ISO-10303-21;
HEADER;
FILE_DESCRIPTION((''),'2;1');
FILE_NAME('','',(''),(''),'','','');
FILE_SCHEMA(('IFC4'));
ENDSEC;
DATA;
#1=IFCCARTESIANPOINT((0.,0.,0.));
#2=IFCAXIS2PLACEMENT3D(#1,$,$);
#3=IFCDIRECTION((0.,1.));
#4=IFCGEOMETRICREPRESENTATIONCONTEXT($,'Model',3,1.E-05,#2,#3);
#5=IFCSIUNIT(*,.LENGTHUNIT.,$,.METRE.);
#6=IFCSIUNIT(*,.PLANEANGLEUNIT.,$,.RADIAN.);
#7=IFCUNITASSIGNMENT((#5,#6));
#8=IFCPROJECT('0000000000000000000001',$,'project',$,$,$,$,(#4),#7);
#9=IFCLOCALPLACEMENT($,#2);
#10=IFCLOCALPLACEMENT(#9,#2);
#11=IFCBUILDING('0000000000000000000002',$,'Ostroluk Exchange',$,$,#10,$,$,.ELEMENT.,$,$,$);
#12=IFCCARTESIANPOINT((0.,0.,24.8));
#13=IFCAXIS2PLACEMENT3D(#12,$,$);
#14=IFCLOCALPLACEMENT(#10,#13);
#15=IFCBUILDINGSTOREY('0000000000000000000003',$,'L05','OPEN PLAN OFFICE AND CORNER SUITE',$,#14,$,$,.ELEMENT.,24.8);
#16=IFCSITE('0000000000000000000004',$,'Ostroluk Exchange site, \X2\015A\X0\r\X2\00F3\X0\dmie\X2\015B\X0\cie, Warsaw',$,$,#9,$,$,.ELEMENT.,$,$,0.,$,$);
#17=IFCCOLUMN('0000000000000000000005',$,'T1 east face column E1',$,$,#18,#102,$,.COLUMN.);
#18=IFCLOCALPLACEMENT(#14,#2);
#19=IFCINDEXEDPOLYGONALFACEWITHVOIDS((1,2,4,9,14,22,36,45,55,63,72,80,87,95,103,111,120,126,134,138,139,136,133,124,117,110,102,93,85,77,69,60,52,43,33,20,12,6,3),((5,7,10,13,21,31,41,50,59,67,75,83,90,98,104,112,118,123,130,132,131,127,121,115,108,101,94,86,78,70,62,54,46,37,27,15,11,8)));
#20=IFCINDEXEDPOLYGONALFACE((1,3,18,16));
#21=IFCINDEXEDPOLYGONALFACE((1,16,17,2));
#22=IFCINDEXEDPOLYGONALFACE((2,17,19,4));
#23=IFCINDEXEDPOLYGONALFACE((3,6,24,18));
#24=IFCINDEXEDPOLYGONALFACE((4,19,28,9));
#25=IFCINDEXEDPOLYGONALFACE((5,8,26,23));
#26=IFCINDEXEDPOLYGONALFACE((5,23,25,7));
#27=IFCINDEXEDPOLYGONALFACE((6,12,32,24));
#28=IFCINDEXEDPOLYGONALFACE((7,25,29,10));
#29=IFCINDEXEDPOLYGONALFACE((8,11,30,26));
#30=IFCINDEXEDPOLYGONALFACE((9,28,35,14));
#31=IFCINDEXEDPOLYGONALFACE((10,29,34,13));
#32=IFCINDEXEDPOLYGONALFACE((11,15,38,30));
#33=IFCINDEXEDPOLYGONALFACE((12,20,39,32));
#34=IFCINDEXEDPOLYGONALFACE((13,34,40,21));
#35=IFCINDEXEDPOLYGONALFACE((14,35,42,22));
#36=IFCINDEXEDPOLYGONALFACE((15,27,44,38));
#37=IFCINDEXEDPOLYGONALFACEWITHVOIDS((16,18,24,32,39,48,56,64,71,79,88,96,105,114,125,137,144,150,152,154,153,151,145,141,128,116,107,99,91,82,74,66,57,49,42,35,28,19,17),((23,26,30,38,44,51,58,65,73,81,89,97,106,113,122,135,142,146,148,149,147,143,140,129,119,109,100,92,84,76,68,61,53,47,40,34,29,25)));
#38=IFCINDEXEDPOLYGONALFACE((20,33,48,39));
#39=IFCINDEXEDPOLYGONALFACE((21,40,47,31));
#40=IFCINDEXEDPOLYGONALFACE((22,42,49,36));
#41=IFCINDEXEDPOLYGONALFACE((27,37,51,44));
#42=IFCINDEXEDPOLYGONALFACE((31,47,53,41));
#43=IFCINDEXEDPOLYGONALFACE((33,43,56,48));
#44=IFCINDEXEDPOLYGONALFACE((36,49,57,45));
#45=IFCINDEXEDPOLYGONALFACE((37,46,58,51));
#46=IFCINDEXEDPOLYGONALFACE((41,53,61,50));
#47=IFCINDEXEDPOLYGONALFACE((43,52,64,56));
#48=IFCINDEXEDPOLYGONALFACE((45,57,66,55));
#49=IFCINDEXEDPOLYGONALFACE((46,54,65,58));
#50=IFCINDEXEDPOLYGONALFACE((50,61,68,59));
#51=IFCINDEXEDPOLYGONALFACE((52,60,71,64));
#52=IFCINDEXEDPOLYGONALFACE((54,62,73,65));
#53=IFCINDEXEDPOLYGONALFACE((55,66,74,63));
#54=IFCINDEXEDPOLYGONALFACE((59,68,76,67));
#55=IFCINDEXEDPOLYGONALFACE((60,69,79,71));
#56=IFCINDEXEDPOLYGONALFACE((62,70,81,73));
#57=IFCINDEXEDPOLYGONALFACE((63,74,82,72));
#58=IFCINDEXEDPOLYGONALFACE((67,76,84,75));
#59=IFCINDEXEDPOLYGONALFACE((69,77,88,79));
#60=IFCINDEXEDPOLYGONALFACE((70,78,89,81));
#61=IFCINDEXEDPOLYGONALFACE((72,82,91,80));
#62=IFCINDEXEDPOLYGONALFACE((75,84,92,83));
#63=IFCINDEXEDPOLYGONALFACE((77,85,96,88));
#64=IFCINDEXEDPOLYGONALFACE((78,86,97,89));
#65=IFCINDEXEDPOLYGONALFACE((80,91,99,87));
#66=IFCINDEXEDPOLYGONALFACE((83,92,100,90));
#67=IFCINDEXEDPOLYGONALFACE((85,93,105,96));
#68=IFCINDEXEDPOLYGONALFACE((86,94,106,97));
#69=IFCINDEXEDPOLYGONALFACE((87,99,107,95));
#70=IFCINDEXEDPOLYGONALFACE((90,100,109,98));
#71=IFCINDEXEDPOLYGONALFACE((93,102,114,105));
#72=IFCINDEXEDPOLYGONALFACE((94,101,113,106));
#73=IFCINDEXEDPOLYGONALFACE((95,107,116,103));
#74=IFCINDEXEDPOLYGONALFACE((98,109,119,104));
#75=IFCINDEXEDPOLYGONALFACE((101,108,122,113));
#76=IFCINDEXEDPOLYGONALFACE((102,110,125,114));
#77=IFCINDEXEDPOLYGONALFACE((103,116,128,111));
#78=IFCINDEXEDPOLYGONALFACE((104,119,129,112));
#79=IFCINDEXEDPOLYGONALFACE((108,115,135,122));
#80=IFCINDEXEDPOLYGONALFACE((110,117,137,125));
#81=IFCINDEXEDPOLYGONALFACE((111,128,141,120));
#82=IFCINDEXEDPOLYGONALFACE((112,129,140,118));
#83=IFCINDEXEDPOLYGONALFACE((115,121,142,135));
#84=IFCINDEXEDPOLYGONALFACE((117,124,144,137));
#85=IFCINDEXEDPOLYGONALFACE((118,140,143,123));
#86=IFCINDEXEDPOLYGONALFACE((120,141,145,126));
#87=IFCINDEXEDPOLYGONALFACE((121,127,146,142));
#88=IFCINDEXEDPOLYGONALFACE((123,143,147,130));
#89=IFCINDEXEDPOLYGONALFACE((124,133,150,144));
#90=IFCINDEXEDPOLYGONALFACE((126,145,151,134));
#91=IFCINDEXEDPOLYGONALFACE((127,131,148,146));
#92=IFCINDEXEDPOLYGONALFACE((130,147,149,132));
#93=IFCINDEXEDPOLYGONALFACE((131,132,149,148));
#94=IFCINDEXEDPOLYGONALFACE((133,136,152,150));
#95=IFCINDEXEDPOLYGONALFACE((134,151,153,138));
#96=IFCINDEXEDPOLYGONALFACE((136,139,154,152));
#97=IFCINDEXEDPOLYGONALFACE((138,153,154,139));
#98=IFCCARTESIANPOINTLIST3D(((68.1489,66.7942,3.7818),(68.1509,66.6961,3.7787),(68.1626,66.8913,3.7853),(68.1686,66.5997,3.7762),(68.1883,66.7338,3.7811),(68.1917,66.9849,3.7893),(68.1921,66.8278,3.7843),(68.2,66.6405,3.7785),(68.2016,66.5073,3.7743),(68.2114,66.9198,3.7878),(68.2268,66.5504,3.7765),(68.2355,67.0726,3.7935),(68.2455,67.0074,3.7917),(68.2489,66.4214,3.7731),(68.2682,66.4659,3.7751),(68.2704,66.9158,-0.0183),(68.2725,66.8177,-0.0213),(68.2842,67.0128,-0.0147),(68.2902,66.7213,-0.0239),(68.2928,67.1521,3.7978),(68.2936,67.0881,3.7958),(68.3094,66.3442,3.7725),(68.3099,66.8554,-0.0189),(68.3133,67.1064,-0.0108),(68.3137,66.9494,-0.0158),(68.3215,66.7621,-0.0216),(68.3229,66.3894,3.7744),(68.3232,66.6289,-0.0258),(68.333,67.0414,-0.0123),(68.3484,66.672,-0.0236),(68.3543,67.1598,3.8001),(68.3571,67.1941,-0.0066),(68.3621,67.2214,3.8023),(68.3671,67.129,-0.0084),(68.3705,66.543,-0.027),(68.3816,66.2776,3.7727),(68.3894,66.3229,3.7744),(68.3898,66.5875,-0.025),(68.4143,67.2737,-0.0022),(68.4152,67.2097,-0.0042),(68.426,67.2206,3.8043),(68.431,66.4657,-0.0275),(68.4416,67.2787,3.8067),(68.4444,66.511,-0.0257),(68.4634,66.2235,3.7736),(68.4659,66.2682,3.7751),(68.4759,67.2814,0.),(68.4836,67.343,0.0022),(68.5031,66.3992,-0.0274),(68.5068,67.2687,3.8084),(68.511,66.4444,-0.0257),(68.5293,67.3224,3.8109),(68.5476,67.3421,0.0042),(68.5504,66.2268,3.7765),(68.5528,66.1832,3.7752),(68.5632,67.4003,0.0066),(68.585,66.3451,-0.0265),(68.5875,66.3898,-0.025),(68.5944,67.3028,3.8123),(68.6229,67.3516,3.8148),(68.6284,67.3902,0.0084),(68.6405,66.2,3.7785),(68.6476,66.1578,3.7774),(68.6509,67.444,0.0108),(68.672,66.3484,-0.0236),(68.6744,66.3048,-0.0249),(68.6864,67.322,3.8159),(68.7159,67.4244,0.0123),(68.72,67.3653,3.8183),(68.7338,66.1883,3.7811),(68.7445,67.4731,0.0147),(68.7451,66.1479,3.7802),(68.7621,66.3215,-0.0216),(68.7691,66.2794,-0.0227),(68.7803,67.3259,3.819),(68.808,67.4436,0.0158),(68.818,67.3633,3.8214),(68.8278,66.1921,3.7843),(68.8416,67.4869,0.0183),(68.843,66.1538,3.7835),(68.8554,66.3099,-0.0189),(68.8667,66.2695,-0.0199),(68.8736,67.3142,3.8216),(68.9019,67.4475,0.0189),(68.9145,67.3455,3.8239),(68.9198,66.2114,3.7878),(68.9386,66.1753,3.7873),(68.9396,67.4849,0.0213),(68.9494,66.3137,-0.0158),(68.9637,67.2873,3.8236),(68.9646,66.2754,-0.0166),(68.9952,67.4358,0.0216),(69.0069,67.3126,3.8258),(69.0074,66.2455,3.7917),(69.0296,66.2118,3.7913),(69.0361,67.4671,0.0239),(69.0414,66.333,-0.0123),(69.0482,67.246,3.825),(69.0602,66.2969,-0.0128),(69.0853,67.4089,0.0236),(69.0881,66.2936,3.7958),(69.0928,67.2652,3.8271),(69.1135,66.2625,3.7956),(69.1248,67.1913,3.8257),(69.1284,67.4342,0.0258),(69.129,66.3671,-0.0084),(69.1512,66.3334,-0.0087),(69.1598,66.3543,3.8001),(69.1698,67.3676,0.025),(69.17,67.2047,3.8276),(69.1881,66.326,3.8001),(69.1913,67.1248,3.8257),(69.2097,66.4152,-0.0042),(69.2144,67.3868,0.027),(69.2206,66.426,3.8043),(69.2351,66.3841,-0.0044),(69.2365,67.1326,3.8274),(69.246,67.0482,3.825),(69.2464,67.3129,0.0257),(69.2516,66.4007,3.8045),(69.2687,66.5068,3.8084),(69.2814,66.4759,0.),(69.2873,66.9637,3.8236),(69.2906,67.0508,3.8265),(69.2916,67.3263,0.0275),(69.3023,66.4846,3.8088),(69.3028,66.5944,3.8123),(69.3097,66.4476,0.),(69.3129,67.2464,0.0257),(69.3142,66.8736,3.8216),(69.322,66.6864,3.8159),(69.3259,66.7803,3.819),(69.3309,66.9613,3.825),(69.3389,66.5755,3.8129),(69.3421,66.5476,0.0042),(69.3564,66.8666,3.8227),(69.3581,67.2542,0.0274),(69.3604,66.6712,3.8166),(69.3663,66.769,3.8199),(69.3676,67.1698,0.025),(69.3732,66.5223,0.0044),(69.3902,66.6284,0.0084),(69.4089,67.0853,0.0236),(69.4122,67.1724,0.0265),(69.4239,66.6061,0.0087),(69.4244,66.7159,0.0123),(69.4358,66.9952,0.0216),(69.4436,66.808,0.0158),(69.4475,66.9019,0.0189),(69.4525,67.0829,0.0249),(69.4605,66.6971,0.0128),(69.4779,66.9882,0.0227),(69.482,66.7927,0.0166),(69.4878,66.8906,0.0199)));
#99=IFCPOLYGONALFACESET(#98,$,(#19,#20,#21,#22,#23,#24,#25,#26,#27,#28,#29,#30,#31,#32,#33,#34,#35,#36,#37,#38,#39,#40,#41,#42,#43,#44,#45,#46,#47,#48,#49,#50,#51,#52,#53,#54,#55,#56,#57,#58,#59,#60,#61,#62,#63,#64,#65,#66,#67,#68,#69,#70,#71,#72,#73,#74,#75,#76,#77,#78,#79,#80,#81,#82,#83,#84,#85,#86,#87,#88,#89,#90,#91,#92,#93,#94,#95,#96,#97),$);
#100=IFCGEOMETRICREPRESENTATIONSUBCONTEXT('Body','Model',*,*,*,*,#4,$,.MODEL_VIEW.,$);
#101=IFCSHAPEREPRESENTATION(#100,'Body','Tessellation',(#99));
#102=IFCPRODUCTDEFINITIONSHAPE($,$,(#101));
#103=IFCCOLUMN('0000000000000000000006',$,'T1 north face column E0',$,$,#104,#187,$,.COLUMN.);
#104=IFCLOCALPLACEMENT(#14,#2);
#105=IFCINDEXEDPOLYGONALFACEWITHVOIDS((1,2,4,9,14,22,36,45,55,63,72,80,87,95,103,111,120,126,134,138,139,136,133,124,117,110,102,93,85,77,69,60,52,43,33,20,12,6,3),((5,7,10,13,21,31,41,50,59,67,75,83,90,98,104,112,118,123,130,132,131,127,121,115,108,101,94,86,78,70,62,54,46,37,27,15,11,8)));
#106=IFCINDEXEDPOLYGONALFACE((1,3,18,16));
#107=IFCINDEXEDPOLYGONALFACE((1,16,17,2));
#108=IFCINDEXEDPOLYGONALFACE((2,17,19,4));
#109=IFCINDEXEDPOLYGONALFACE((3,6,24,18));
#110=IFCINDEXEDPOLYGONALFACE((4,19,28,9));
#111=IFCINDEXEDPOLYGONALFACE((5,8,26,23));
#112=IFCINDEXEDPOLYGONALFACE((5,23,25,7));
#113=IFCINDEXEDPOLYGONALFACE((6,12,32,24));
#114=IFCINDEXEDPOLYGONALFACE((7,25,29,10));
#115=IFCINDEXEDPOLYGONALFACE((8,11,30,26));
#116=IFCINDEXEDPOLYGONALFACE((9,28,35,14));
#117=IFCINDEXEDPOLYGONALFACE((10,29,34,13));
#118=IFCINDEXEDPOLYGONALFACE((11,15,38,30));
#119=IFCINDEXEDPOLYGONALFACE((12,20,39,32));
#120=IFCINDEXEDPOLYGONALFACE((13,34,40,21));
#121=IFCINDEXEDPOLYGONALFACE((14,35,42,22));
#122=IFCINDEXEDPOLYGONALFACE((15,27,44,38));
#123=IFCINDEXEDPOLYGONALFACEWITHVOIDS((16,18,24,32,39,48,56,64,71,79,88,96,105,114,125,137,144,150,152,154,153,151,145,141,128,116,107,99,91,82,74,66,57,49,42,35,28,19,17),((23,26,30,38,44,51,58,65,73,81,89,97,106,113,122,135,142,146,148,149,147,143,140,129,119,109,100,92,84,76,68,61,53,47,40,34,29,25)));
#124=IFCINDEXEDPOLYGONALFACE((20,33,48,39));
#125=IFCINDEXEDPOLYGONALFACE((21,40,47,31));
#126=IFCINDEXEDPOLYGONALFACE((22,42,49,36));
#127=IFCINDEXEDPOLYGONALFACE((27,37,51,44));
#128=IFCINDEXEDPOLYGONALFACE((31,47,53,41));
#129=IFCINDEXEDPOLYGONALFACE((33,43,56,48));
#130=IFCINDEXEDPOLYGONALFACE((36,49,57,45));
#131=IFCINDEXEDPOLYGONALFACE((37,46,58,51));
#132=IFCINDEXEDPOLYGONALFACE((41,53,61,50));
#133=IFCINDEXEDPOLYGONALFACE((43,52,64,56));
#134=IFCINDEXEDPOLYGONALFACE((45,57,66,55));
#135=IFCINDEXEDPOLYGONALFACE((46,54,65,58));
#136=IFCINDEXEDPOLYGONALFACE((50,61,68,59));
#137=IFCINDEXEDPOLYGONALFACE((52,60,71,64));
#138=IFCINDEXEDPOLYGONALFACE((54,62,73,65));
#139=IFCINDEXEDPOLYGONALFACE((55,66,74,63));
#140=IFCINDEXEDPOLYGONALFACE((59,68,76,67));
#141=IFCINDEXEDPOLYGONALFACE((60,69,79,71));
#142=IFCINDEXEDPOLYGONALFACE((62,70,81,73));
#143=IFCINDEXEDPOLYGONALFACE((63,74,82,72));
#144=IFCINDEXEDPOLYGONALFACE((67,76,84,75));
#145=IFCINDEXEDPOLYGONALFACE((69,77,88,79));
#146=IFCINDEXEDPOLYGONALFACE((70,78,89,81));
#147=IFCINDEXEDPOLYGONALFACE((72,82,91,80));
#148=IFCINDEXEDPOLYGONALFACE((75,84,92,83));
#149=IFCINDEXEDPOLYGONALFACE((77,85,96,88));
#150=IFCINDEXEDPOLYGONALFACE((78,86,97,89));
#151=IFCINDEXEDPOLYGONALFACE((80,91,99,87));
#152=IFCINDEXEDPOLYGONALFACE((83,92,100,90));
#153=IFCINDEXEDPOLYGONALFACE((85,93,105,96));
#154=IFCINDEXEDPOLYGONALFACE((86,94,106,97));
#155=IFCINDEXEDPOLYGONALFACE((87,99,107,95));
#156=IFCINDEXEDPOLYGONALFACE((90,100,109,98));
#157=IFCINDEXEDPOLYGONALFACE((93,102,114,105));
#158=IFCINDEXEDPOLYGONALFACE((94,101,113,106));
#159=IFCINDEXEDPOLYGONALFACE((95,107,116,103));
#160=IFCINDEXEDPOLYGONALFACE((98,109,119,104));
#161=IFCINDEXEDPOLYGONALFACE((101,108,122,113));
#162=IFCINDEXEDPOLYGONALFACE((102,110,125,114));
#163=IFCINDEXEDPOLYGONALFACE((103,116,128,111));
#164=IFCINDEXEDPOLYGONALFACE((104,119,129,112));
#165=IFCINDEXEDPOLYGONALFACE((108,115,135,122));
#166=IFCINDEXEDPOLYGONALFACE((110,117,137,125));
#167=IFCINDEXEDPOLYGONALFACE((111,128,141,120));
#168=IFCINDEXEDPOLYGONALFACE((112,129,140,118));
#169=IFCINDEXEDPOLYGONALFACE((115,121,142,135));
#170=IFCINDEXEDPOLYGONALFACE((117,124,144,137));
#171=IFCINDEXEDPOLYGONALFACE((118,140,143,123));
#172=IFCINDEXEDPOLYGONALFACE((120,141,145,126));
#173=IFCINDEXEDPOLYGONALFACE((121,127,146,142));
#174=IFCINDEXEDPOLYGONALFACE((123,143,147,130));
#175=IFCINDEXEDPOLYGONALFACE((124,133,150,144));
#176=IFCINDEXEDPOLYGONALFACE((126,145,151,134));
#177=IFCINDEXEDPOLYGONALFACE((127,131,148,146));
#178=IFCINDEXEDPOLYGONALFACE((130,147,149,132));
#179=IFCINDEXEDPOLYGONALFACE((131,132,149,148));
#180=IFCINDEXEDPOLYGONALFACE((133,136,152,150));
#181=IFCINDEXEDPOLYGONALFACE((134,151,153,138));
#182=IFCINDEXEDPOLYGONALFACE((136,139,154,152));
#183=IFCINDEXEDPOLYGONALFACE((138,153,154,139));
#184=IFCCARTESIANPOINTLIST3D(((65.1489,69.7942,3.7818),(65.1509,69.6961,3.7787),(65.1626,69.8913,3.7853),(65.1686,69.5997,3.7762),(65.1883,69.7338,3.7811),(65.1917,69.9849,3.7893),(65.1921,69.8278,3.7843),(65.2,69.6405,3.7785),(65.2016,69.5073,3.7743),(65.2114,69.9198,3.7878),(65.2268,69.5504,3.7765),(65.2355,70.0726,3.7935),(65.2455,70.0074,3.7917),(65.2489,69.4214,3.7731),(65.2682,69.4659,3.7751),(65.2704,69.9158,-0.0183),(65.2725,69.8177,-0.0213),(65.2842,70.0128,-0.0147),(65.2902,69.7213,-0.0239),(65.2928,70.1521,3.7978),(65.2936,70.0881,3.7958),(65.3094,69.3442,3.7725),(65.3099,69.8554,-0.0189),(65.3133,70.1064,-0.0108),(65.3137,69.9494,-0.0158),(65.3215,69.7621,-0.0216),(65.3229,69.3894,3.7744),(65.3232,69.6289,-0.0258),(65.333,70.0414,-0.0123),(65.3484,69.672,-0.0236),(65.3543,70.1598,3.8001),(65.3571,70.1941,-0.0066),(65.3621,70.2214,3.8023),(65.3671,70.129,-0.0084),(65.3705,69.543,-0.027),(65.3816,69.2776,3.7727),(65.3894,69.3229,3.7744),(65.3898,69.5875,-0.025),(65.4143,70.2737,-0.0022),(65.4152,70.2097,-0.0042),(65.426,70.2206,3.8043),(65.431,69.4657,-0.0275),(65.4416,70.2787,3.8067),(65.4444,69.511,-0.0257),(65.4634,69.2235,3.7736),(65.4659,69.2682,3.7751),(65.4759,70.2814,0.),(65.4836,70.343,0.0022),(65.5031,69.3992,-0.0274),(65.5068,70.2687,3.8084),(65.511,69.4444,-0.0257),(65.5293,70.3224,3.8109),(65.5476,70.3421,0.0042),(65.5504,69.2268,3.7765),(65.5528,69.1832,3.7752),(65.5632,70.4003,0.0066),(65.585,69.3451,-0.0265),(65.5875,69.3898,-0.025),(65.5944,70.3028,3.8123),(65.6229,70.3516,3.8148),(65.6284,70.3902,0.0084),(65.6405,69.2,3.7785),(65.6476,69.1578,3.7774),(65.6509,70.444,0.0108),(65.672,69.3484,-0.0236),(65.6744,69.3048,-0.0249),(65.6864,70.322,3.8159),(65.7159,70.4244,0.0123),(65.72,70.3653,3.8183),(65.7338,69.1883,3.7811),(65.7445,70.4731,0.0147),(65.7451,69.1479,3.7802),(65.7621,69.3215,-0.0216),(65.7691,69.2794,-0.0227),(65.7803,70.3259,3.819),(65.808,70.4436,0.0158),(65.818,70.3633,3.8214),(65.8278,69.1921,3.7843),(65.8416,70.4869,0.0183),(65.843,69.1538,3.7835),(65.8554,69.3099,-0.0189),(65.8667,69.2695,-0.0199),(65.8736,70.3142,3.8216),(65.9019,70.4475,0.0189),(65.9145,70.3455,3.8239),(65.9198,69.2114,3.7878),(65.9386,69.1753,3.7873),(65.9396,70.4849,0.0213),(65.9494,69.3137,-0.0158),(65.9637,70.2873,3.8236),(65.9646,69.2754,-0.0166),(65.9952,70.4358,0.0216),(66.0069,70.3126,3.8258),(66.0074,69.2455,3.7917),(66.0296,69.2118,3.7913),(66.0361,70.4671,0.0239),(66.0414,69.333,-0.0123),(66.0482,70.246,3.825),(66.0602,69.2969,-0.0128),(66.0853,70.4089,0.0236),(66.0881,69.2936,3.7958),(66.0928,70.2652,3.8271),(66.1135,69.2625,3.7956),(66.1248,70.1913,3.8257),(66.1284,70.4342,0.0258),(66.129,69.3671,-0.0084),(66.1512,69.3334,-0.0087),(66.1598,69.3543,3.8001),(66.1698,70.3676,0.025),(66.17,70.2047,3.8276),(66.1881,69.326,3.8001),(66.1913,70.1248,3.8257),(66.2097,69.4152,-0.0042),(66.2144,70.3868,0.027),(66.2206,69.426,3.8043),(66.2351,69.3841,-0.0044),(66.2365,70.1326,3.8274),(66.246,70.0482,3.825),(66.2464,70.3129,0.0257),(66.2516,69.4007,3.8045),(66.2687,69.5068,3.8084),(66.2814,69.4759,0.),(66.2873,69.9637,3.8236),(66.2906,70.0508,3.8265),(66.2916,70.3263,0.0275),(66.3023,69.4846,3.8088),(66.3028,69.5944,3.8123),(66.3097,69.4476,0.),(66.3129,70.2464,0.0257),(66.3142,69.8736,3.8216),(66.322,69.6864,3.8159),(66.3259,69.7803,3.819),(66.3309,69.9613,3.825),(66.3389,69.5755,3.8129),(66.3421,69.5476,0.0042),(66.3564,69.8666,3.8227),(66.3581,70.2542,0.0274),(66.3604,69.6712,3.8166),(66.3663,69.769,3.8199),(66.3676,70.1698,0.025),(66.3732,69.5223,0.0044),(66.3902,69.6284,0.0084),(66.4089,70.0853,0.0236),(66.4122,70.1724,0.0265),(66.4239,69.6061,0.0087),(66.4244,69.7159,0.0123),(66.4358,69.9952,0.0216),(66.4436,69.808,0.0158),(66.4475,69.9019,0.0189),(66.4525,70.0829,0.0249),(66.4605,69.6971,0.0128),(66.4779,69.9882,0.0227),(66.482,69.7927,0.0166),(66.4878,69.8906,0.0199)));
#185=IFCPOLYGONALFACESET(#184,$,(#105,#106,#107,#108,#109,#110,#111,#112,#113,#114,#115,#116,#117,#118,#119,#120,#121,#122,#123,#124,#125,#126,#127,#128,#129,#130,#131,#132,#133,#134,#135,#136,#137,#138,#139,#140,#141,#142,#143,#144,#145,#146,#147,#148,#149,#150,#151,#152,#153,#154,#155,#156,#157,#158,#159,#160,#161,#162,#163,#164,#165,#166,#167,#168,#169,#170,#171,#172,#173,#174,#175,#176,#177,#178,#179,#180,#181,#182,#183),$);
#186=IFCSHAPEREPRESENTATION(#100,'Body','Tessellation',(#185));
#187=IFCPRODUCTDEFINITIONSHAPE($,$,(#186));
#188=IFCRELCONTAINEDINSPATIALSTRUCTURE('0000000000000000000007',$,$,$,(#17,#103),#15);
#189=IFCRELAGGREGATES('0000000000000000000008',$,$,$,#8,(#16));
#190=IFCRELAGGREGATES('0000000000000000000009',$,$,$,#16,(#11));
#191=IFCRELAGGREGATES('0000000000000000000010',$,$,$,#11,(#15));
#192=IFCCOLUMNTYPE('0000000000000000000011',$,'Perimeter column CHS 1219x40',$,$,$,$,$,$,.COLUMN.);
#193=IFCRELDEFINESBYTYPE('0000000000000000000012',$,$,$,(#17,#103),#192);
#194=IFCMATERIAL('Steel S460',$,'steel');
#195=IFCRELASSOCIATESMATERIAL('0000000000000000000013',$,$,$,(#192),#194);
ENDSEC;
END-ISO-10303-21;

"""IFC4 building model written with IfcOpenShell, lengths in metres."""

from ifc_helpers import new_model, si_unit, direction, frame, origin, origin_2d, place, context, subcontext, project, spatial, hollow_circle, extrude, material, material_profile, profile_set, type_object, element, save


model = new_model("IFC4")

# Units and contexts
model_context = context("Model", 3, precision=1e-05, world=origin(), true_north=direction((0.0, 1.0)))
body_context = subcontext(model_context, "Body", "Model", "MODEL_VIEW")
ifc_project = project(units=[si_unit("LENGTHUNIT", "METRE"), si_unit("PLANEANGLEUNIT", "RADIAN")], contexts=[model_context])

# Site, building, storey
site_placement = place(None, origin())
site = spatial("IfcSite", under=ifc_project, at=site_placement, Name="Ostroluk Exchange site, Śródmieście, Warsaw", CompositionType="ELEMENT", RefElevation=0.0)
building_placement = place(site_placement, origin())
building = spatial("IfcBuilding", under=site, at=building_placement, Name="Ostroluk Exchange", CompositionType="ELEMENT")
storey_placement = place(building_placement, frame((0.0, 0.0, 24.8)))
storey = spatial("IfcBuildingStorey", under=building, at=storey_placement, Name="L05", Description="OPEN PLAN OFFICE AND CORNER SUITE", CompositionType="ELEMENT", Elevation=24.8)

# Columns
ifc_material_1 = material(Name="Steel S460", Category="steel")
ifc_material_profile_1 = material_profile(ifc_material_1, hollow_circle(Radius=0.6096, WallThickness=0.04, at=origin_2d()), Name="CHS 1219x40")
ifc_profile_set_1 = profile_set([ifc_material_profile_1], Name="Steel S460")
column_type = type_object("IfcColumnType", Name="Perimeter column CHS 1219x40", PredefinedType="COLUMN", material=ifc_profile_set_1)
for number, where, z_axis, x_axis, name in (
    (1, (68.8787, 66.8787, 0.0), (-0.031962, -0.031962, 0.998978), (0.707107, -0.707107, 0.0), "T1 east face column E1"),
    (2, (65.8787, 69.8787, 0.0), (-0.031962, -0.031962, 0.998978), (0.707107, -0.707107, 0.0), "T1 north face column E0"),
):
    element("IfcColumn", number, at=place(storey_placement, frame(where, z_axis=z_axis, x_axis=x_axis)), inside=storey, type_object=column_type, Name=name, PredefinedType="COLUMN", context=body_context, shape_type="SweptSolid", body=[
        extrude(hollow_circle(Radius=0.6096, WallThickness=0.04, at=origin_2d()), origin(), (0.0, 0.0, 1.0), 3.804),
    ])

save(model, "model.ifc")
